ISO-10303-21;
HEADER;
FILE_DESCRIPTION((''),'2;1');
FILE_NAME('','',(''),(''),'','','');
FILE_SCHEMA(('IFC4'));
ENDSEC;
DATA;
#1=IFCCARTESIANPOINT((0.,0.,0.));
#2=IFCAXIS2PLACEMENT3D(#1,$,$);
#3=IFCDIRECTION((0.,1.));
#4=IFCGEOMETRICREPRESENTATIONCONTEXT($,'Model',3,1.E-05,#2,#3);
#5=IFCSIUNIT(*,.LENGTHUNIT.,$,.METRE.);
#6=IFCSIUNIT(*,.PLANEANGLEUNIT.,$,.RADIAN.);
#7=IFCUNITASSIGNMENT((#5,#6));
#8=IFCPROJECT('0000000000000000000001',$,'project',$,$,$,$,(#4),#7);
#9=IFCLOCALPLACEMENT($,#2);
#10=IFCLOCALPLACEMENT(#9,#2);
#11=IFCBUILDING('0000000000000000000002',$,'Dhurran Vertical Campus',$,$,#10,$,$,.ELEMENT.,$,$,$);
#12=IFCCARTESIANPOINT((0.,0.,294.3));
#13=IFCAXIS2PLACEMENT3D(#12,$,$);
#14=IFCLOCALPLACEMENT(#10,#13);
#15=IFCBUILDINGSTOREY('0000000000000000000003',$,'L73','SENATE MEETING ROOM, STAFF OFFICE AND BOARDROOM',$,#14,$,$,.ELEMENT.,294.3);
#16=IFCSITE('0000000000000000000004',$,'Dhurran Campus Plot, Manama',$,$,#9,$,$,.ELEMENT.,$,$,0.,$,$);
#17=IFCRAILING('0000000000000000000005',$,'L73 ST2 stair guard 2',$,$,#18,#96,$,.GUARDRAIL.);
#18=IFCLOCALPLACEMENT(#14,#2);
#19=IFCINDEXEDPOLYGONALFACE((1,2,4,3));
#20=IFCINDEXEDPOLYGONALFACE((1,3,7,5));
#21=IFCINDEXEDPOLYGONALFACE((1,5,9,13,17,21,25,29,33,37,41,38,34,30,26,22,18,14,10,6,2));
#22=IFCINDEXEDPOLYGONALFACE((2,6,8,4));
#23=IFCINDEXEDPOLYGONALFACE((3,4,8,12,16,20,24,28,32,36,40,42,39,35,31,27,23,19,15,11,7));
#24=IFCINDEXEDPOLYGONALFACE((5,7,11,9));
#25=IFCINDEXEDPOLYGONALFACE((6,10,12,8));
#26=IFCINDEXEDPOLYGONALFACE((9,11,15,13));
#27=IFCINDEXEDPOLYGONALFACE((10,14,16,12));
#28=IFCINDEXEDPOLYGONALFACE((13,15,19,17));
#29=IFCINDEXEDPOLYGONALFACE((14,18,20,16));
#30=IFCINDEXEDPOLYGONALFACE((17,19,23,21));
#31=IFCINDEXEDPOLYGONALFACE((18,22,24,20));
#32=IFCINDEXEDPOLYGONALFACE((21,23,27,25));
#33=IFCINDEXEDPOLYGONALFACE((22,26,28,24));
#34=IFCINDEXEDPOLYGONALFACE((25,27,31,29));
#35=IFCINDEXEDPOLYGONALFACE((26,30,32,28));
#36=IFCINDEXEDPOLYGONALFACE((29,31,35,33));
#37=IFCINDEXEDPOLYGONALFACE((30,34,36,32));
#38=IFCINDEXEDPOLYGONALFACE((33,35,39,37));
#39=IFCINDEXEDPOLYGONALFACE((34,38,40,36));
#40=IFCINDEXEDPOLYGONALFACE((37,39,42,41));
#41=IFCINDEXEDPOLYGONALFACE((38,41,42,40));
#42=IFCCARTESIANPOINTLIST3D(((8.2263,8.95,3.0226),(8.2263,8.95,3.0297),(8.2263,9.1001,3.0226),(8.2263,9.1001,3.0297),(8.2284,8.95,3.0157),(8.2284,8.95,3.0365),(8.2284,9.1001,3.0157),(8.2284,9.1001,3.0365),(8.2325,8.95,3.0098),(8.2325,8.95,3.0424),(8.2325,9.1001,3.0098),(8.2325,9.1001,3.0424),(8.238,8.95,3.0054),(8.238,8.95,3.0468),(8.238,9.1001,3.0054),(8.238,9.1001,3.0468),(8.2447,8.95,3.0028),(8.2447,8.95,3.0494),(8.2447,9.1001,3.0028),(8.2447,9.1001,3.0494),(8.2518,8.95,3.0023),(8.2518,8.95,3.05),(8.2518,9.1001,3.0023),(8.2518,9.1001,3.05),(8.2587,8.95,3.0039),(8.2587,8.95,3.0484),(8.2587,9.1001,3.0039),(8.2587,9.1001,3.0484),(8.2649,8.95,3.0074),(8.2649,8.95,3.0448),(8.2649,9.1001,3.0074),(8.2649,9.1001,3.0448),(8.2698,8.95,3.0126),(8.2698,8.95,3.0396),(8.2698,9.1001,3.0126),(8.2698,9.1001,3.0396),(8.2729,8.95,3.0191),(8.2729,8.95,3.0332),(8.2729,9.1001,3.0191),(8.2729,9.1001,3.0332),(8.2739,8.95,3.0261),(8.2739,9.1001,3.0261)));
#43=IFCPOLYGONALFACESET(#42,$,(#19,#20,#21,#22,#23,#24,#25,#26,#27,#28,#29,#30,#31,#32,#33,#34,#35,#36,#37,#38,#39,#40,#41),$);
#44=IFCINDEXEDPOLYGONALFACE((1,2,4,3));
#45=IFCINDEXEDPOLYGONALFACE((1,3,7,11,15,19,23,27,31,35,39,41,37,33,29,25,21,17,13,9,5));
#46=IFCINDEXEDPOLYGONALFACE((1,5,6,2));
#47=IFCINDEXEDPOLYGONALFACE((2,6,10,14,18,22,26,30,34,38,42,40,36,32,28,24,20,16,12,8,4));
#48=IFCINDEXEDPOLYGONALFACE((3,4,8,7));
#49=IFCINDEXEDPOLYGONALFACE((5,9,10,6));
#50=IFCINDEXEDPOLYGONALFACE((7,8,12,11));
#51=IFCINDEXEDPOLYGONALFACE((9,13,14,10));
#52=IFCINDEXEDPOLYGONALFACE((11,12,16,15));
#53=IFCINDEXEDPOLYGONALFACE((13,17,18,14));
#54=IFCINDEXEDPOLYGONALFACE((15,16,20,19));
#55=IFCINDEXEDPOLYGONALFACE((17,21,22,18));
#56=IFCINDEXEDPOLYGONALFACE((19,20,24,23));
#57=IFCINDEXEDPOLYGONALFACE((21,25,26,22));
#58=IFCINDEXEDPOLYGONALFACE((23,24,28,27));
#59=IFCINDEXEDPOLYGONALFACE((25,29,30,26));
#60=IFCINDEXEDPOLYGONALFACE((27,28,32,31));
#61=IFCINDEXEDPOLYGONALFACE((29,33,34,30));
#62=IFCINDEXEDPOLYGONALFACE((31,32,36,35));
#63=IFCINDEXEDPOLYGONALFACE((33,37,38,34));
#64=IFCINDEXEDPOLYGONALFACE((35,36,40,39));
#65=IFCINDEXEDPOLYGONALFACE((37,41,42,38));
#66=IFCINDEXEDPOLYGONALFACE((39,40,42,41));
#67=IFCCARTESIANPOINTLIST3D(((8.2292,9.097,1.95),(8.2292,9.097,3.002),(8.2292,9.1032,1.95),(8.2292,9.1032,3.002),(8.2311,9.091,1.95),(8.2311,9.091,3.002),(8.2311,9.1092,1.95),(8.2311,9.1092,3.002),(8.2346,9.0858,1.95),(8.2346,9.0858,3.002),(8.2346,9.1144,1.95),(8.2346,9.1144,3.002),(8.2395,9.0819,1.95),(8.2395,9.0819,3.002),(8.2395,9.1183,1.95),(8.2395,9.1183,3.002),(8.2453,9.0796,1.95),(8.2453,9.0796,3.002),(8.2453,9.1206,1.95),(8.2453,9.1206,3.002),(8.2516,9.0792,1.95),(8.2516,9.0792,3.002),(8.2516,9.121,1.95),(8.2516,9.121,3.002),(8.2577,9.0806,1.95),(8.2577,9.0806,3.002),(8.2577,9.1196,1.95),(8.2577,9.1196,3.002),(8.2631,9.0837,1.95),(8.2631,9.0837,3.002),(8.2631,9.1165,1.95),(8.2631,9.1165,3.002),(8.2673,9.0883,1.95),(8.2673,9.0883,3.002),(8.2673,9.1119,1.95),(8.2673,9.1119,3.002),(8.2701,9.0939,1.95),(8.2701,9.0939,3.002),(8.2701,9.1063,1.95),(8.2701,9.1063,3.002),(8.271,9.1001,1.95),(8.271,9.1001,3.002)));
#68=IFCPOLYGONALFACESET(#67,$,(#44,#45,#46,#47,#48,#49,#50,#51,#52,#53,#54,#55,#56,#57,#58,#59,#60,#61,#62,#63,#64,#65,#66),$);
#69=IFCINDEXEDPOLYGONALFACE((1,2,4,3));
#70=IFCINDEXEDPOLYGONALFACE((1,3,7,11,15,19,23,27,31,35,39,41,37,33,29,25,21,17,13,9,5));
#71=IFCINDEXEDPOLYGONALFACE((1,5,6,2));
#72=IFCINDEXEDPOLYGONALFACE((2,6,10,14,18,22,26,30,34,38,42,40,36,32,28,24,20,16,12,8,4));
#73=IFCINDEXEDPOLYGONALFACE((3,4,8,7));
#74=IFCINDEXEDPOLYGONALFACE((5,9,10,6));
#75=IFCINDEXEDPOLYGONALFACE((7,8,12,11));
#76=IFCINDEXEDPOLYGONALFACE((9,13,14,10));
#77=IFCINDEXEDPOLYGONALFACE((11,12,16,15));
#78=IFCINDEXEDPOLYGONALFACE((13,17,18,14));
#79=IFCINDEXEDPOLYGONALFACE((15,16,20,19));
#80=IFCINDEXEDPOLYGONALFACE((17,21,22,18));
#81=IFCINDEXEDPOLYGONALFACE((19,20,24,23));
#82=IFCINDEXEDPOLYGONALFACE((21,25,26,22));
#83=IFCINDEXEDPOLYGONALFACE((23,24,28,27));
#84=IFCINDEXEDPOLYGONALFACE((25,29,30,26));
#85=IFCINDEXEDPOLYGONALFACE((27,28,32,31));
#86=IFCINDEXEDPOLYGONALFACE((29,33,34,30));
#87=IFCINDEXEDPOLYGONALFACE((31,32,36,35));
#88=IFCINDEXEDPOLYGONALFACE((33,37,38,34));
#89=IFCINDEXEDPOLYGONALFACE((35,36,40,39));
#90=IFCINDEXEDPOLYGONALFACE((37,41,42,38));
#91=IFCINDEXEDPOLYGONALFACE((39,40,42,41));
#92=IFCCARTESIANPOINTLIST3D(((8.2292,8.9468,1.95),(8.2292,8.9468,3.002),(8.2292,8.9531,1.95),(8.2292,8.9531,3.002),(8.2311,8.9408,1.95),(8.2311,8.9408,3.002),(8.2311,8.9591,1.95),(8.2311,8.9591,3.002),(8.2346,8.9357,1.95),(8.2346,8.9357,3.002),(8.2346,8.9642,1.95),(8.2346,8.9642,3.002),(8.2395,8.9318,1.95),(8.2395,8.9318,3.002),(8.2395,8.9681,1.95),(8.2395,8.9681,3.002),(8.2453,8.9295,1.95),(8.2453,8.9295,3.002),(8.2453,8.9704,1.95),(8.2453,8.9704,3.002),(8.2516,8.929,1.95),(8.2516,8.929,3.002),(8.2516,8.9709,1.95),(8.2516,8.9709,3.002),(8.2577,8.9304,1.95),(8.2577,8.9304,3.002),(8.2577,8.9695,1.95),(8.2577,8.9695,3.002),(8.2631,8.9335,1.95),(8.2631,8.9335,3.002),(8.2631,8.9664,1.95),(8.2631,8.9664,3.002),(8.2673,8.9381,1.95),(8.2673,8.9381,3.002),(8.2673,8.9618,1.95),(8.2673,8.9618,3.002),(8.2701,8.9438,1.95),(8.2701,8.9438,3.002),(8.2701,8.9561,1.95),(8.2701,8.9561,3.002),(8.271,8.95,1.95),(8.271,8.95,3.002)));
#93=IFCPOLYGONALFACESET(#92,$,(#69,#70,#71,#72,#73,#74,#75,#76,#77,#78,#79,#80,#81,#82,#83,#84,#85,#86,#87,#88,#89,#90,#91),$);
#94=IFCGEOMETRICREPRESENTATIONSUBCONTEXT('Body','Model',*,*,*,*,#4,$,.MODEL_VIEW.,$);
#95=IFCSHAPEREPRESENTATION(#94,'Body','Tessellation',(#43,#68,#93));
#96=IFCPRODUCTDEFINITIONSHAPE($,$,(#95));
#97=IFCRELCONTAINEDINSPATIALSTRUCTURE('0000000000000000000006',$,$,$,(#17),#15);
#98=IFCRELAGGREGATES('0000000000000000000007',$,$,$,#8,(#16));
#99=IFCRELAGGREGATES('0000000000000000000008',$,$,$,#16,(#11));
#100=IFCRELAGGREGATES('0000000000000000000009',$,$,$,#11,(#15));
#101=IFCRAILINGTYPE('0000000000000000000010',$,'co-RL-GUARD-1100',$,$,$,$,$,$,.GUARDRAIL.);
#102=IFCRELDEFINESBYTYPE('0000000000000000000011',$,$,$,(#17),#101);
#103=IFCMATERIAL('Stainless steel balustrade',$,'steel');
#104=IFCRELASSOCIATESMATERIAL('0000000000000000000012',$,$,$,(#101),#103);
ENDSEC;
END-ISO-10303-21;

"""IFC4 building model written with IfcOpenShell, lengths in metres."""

from ifc_helpers import new_model, si_unit, direction, frame, origin, origin_2d, place, context, subcontext, project, spatial, circle, extrude, material, type_object, element, save


model = new_model("IFC4")

# Units and contexts
model_context = context("Model", 3, precision=1e-05, world=origin(), true_north=direction((0.0, 1.0)))
body_context = subcontext(model_context, "Body", "Model", "MODEL_VIEW")
ifc_project = project(units=[si_unit("LENGTHUNIT", "METRE"), si_unit("PLANEANGLEUNIT", "RADIAN")], contexts=[model_context])

# Site, building, storey
site_placement = place(None, origin())
site = spatial("IfcSite", under=ifc_project, at=site_placement, Name="Dhurran Campus Plot, Manama", CompositionType="ELEMENT", RefElevation=0.0)
building_placement = place(site_placement, origin())
building = spatial("IfcBuilding", under=site, at=building_placement, Name="Dhurran Vertical Campus", CompositionType="ELEMENT")
storey_placement = place(building_placement, frame((0.0, 0.0, 294.3)))
storey = spatial("IfcBuildingStorey", under=building, at=storey_placement, Name="L73", Description="SENATE MEETING ROOM, STAFF OFFICE AND BOARDROOM", CompositionType="ELEMENT", Elevation=294.3)

# Railing
ifc_material_1 = material(Name="Stainless steel balustrade", Category="steel")
railing_type_1 = type_object("IfcRailingType", Name="co-RL-GUARD-1100", PredefinedType="GUARDRAIL", material=ifc_material_1)
railing_1_placement = place(storey_placement, frame((8.25, 9.1001, 1.95)))
element("IfcRailing", 1, at=railing_1_placement, inside=storey, type_object=railing_type_1, Name="L73 ST2 stair guard 2", PredefinedType="GUARDRAIL", context=body_context, shape_type="SweptSolid", body=[
    extrude(circle(Radius=0.0239, at=origin_2d()), frame((0.0, 0.0, 1.0762), z_axis=(0.0, -1.0, 0.0), x_axis=(1.0, 0.0, 0.0)), (0.0, 0.0, 1.0), 0.1501),
    extrude(circle(Radius=0.021, at=origin_2d()), origin(), (0.0, 0.0, 1.0), 1.052),
    extrude(circle(Radius=0.021, at=origin_2d()), frame((0.0, -0.1501, 0.0)), (0.0, 0.0, 1.0), 1.052),
])

save(model, "model.ifc")
